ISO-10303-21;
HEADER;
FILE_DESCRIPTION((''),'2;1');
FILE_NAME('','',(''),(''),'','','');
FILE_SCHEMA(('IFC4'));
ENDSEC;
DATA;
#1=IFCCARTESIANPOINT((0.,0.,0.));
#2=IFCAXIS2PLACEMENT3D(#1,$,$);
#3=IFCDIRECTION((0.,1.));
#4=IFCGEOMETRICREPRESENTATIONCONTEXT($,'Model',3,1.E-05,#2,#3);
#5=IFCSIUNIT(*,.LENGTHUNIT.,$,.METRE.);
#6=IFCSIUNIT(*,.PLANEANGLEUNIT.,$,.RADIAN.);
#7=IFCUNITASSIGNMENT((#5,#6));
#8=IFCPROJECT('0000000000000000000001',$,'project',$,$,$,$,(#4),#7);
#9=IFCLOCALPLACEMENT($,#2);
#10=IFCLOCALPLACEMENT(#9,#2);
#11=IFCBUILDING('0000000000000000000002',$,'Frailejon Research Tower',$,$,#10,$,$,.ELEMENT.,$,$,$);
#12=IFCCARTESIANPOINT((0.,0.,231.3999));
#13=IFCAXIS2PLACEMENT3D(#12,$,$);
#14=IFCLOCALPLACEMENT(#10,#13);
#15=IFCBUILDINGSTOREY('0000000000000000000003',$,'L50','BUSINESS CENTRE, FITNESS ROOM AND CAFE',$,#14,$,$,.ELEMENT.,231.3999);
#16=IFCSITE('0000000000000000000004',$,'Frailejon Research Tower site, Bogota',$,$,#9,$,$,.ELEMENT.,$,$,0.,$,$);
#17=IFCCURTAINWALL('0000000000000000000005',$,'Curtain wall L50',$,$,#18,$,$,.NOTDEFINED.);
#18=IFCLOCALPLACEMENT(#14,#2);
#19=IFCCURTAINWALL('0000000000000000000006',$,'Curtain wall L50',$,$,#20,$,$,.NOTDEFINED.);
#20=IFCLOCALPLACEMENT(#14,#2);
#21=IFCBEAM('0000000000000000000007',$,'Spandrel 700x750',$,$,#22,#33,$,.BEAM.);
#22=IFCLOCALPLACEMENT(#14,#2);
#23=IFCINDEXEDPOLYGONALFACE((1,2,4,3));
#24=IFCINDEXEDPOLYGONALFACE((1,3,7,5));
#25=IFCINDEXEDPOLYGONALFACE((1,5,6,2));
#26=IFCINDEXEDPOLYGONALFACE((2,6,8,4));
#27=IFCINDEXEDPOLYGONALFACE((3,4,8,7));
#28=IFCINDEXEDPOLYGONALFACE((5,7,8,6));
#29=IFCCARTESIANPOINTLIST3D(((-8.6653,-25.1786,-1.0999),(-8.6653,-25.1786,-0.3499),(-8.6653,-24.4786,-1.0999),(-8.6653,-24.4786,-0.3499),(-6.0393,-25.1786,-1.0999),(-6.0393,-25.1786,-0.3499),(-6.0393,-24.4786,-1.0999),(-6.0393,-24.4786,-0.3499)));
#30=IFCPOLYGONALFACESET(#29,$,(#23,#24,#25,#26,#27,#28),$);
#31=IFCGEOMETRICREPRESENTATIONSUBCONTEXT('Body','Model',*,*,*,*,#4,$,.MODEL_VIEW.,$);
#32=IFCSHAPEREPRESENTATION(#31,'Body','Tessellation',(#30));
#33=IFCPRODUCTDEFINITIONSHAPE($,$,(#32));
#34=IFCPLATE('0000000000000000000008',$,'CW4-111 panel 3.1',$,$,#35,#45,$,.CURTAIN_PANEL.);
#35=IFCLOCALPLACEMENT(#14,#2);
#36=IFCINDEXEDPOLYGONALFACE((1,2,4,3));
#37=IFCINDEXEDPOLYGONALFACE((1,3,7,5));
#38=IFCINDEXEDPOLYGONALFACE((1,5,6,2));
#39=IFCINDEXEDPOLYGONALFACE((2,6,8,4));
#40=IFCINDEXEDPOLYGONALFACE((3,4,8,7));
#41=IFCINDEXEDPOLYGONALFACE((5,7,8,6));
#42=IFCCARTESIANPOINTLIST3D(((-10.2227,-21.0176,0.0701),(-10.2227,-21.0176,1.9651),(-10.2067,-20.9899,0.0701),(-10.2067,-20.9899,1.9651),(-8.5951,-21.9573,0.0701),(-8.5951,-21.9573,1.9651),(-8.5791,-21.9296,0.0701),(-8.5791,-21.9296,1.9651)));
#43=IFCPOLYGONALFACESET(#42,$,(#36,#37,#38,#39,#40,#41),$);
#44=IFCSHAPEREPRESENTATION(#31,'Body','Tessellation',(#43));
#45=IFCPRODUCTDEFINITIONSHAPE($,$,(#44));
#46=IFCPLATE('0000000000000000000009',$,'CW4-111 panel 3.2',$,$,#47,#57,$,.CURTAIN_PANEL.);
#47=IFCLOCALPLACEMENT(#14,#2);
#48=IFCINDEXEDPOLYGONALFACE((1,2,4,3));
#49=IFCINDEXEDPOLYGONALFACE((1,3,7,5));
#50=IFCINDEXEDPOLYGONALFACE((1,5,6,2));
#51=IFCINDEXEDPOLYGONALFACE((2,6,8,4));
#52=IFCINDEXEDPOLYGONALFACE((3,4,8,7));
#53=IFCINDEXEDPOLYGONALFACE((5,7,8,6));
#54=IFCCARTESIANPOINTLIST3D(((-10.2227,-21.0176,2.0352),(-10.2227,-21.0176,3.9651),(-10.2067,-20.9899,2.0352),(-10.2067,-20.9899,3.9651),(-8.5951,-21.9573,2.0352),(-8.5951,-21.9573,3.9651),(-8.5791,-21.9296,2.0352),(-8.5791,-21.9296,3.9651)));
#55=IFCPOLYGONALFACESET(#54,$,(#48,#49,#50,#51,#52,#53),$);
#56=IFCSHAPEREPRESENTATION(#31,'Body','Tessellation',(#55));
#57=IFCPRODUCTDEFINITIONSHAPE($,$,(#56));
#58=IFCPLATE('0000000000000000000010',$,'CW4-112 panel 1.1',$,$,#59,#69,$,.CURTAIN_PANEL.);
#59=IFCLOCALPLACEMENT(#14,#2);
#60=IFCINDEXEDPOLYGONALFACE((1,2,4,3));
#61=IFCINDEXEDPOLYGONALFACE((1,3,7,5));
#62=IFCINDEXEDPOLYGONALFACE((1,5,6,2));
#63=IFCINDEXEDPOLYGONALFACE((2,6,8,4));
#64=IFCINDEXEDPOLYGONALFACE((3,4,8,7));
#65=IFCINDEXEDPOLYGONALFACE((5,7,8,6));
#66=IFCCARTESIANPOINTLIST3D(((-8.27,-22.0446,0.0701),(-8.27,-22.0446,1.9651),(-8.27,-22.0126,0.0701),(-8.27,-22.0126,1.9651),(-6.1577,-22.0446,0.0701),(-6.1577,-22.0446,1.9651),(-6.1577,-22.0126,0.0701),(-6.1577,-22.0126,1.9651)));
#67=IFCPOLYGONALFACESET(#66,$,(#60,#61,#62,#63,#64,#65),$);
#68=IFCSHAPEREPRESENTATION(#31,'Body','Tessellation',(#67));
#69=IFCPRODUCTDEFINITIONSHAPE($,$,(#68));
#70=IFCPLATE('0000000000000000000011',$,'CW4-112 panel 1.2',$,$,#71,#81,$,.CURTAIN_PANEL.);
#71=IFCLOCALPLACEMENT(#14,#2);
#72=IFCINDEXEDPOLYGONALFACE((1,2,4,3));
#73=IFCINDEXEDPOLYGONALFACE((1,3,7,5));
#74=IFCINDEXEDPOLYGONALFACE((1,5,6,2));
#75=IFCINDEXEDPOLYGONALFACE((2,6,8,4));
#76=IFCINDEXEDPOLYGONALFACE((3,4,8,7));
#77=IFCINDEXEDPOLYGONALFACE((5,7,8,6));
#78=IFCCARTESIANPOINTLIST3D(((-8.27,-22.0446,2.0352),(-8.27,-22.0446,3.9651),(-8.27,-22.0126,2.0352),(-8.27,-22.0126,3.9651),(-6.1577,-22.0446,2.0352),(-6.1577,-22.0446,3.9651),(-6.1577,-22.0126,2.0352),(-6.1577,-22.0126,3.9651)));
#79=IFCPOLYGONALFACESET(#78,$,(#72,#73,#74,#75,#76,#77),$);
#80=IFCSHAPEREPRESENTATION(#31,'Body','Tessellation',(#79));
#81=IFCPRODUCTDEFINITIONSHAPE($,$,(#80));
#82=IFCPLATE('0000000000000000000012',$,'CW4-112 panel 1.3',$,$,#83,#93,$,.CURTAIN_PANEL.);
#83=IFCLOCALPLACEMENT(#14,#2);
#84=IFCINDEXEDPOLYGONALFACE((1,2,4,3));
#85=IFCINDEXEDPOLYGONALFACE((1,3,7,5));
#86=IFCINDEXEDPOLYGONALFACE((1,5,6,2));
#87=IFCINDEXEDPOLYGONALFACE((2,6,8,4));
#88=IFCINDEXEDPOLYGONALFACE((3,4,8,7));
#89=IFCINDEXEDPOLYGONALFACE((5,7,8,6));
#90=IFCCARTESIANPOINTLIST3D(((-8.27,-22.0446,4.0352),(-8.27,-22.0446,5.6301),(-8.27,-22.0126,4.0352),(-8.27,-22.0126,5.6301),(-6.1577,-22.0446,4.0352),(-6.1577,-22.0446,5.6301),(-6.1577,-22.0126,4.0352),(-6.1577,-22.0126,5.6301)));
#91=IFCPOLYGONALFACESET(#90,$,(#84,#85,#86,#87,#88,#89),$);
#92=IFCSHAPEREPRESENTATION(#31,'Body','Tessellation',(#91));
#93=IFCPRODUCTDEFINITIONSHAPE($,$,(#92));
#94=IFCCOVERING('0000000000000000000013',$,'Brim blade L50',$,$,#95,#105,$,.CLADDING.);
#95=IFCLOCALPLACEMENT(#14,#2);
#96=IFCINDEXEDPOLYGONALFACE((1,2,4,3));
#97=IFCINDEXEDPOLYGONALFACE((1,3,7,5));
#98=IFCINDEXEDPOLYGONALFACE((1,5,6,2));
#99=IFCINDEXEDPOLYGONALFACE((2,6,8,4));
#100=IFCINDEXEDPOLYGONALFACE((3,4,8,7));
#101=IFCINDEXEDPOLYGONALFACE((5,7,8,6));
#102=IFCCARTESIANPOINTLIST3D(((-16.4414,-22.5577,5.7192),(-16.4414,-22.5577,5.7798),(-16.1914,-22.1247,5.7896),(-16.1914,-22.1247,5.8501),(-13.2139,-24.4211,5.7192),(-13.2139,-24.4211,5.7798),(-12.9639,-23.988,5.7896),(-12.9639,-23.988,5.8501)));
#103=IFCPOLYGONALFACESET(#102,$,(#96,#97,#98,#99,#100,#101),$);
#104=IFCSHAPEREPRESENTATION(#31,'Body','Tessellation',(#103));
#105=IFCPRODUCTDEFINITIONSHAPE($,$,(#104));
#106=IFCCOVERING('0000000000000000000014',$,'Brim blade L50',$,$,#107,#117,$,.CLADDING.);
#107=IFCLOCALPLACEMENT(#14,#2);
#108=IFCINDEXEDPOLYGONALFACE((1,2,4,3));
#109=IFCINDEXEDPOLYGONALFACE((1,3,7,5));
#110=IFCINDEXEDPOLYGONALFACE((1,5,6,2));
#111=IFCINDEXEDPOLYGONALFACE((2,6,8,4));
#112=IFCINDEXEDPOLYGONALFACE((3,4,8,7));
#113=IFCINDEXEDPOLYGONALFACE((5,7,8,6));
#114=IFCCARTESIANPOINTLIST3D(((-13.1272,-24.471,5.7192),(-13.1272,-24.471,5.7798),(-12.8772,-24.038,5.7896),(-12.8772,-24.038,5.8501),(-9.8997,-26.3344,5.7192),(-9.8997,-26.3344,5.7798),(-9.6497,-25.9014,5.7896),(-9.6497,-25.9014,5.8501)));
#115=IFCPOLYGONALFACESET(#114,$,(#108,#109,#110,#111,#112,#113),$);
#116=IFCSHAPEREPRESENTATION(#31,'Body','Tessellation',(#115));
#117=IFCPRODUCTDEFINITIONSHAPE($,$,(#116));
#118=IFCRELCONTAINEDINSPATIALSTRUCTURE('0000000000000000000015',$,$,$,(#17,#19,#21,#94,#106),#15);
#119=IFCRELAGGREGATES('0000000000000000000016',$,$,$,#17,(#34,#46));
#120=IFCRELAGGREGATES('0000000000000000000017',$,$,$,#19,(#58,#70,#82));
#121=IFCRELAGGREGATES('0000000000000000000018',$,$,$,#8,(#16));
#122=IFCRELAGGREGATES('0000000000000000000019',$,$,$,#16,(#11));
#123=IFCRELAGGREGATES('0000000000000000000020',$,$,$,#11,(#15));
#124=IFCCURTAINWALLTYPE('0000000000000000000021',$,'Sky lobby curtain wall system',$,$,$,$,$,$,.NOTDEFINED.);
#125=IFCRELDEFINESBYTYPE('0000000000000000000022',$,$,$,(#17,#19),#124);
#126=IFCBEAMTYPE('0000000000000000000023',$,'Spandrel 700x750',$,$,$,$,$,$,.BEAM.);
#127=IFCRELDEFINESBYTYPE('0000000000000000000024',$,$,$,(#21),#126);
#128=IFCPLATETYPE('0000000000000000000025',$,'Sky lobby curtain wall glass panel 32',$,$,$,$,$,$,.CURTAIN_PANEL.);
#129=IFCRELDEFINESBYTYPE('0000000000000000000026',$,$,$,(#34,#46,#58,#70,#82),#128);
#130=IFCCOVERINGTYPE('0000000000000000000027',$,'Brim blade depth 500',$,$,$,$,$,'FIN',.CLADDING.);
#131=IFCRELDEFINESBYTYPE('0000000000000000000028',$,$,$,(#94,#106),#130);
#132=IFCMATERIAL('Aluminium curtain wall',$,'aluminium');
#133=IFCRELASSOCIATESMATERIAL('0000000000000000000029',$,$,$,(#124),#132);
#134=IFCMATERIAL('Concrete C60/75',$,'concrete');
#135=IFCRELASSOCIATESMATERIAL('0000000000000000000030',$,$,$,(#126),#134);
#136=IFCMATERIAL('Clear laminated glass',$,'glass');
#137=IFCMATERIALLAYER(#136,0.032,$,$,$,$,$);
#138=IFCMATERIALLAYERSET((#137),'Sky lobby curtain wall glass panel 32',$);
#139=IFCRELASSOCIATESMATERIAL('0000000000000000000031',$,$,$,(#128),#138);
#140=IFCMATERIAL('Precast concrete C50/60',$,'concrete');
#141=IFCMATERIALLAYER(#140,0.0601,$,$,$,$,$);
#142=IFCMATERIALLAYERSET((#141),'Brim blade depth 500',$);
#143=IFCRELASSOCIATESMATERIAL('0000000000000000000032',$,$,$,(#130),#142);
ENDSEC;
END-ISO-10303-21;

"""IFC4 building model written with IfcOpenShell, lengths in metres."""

from ifc_helpers import new_model, si_unit, direction, frame, origin, origin_2d, place, context, subcontext, project, spatial, polyline, rectangle, outline, extrude, material, layer, layer_set, material_profile, profile_set, type_object, element, aggregate, save


model = new_model("IFC4")

# Units and contexts
model_context = context("Model", 3, precision=1e-05, world=origin(), true_north=direction((0.0, 1.0)))
body_context = subcontext(model_context, "Body", "Model", "MODEL_VIEW")
ifc_project = project(units=[si_unit("LENGTHUNIT", "METRE"), si_unit("PLANEANGLEUNIT", "RADIAN")], contexts=[model_context])

# Site, building, storey
site_placement = place(None, origin())
site = spatial("IfcSite", under=ifc_project, at=site_placement, Name="Frailejon Research Tower site, Bogota", CompositionType="ELEMENT", RefElevation=0.0)
building_placement = place(site_placement, origin())
building = spatial("IfcBuilding", under=site, at=building_placement, Name="Frailejon Research Tower", CompositionType="ELEMENT")
storey_placement = place(building_placement, frame((0.0, 0.0, 231.3999)))
storey = spatial("IfcBuildingStorey", under=building, at=storey_placement, Name="L50", Description="BUSINESS CENTRE, FITNESS ROOM AND CAFE", CompositionType="ELEMENT", Elevation=231.3999)

# Curtain wall
ifc_material_1 = material(Name="Aluminium curtain wall", Category="aluminium")
curtain_wall_type = type_object("IfcCurtainWallType", Name="Sky lobby curtain wall system", PredefinedType="NOTDEFINED", material=ifc_material_1)
curtain_wall_1_placement = place(storey_placement, origin())
curtain_wall_1 = element("IfcCurtainWall", 1, at=curtain_wall_1_placement, inside=storey, type_object=curtain_wall_type, Name="Curtain wall L50", PredefinedType="NOTDEFINED")

# Curtain wall
curtain_wall_2_placement = place(storey_placement, origin())
curtain_wall_2 = element("IfcCurtainWall", 2, at=curtain_wall_2_placement, inside=storey, type_object=curtain_wall_type, Name="Curtain wall L50", PredefinedType="NOTDEFINED")

# Beam
ifc_material_2 = material(Name="Concrete C60/75", Category="concrete")
ifc_material_profile_1 = material_profile(ifc_material_2, rectangle(XDim=0.7, YDim=0.75, at=origin_2d()), Name="Spandrel 700x750")
ifc_profile_set_1 = profile_set([ifc_material_profile_1], Name="Concrete C60/75")
beam_type_1 = type_object("IfcBeamType", Name="Spandrel 700x750", PredefinedType="BEAM", material=ifc_profile_set_1)
beam_1_placement = place(storey_placement, frame((-8.6653, -24.8286, -0.7249), z_axis=(1.0, 0.0, 0.0), x_axis=(0.0, 1.0, 0.0)))
element("IfcBeam", 3, at=beam_1_placement, inside=storey, type_object=beam_type_1, Name="Spandrel 700x750", PredefinedType="BEAM", context=body_context, shape_type="SweptSolid", body=[
    extrude(rectangle(XDim=0.7, YDim=0.75, at=origin_2d()), origin(), (0.0, 0.0, 1.0), 2.626),
])

# Plates
ifc_material_3 = material(Name="Clear laminated glass", Category="glass")
ifc_layer_1 = layer(ifc_material_3, 0.032)
ifc_layer_set_1 = layer_set([ifc_layer_1], Name="Sky lobby curtain wall glass panel 32")
plate_type = type_object("IfcPlateType", Name="Sky lobby curtain wall glass panel 32", PredefinedType="CURTAIN_PANEL", material=ifc_layer_set_1)
plate_1_placement = place(storey_placement, frame((-9.4009, -21.4736, 0.0701), z_axis=(0.0, 0.0, 1.0), x_axis=(0.866031, -0.499991, 0.0)))
plate_1 = element("IfcPlate", 4, at=plate_1_placement, type_object=plate_type, Name="CW4-111 panel 3.1", PredefinedType="CURTAIN_PANEL", context=body_context, shape_type="SweptSolid", body=[
    extrude(rectangle(XDim=1.8794, YDim=0.032, at=origin_2d()), origin(), (0.0, 0.0, 1.0), 1.895),
])
plate_2_placement = place(storey_placement, frame((-9.4009, -21.4736, 2.0352), z_axis=(0.0, 0.0, 1.0), x_axis=(0.866031, -0.499991, 0.0)))
plate_2 = element("IfcPlate", 5, at=plate_2_placement, type_object=plate_type, Name="CW4-111 panel 3.2", PredefinedType="CURTAIN_PANEL", context=body_context, shape_type="SweptSolid", body=[
    extrude(rectangle(XDim=1.8794, YDim=0.032, at=origin_2d()), origin(), (0.0, 0.0, 1.0), 1.9299),
])
aggregate(curtain_wall_1, [plate_1, plate_2])
plate_3_placement = place(storey_placement, frame((-7.2139, -22.0286, 0.0701), z_axis=(0.0, 0.0, 1.0), x_axis=(1.0, 0.0, 0.0)))
plate_3 = element("IfcPlate", 6, at=plate_3_placement, type_object=plate_type, Name="CW4-112 panel 1.1", PredefinedType="CURTAIN_PANEL", context=body_context, shape_type="SweptSolid", body=[
    extrude(rectangle(XDim=2.1123, YDim=0.032, at=origin_2d()), origin(), (0.0, 0.0, 1.0), 1.895),
])
plate_4_placement = place(storey_placement, frame((-7.2139, -22.0286, 2.0352), z_axis=(0.0, 0.0, 1.0), x_axis=(1.0, 0.0, 0.0)))
plate_4 = element("IfcPlate", 7, at=plate_4_placement, type_object=plate_type, Name="CW4-112 panel 1.2", PredefinedType="CURTAIN_PANEL", context=body_context, shape_type="SweptSolid", body=[
    extrude(rectangle(XDim=2.1123, YDim=0.032, at=origin_2d()), origin(), (0.0, 0.0, 1.0), 1.9299),
])
plate_5_placement = place(storey_placement, frame((-7.2139, -22.0286, 4.0352), z_axis=(0.0, 0.0, 1.0), x_axis=(1.0, 0.0, 0.0)))
plate_5 = element("IfcPlate", 8, at=plate_5_placement, type_object=plate_type, Name="CW4-112 panel 1.3", PredefinedType="CURTAIN_PANEL", context=body_context, shape_type="SweptSolid", body=[
    extrude(rectangle(XDim=2.1123, YDim=0.032, at=origin_2d()), origin(), (0.0, 0.0, 1.0), 1.595),
])
aggregate(curtain_wall_2, [plate_3, plate_4, plate_5])

# Coverings
ifc_material_4 = material(Name="Precast concrete C50/60", Category="concrete")
ifc_layer_2 = layer(ifc_material_4, 0.0601)
ifc_layer_set_2 = layer_set([ifc_layer_2], Name="Brim blade depth 500")
covering_type = type_object("IfcCoveringType", Name="Brim blade depth 500", ElementType="FIN", PredefinedType="CLADDING", material=ifc_layer_set_2)
for number, where, z_axis, x_axis, name in (
    (9, (-12.9639, -23.988, 5.8501), (-0.86603, 0.499992, 0.0), (-0.499992, -0.86603, 0.0), "Brim blade L50"),
    (10, (-9.6497, -25.9014, 5.8501), (-0.866025, 0.500001, 0.0), (-0.500001, -0.866025, 0.0), "Brim blade L50"),
):
    element("IfcCovering", number, at=place(storey_placement, frame(where, z_axis=z_axis, x_axis=x_axis)), inside=storey, type_object=covering_type, Name=name, PredefinedType="CLADDING", context=body_context, shape_type="SweptSolid", body=[
        extrude(outline(polyline([(0.0, -0.0605), (0.5, -0.1309), (0.5, -0.0703), (0.0, 0.0), (0.0, -0.0605)])), origin(), (0.0, 0.0, 1.0), 3.7268),
    ])

save(model, "model.ifc")
